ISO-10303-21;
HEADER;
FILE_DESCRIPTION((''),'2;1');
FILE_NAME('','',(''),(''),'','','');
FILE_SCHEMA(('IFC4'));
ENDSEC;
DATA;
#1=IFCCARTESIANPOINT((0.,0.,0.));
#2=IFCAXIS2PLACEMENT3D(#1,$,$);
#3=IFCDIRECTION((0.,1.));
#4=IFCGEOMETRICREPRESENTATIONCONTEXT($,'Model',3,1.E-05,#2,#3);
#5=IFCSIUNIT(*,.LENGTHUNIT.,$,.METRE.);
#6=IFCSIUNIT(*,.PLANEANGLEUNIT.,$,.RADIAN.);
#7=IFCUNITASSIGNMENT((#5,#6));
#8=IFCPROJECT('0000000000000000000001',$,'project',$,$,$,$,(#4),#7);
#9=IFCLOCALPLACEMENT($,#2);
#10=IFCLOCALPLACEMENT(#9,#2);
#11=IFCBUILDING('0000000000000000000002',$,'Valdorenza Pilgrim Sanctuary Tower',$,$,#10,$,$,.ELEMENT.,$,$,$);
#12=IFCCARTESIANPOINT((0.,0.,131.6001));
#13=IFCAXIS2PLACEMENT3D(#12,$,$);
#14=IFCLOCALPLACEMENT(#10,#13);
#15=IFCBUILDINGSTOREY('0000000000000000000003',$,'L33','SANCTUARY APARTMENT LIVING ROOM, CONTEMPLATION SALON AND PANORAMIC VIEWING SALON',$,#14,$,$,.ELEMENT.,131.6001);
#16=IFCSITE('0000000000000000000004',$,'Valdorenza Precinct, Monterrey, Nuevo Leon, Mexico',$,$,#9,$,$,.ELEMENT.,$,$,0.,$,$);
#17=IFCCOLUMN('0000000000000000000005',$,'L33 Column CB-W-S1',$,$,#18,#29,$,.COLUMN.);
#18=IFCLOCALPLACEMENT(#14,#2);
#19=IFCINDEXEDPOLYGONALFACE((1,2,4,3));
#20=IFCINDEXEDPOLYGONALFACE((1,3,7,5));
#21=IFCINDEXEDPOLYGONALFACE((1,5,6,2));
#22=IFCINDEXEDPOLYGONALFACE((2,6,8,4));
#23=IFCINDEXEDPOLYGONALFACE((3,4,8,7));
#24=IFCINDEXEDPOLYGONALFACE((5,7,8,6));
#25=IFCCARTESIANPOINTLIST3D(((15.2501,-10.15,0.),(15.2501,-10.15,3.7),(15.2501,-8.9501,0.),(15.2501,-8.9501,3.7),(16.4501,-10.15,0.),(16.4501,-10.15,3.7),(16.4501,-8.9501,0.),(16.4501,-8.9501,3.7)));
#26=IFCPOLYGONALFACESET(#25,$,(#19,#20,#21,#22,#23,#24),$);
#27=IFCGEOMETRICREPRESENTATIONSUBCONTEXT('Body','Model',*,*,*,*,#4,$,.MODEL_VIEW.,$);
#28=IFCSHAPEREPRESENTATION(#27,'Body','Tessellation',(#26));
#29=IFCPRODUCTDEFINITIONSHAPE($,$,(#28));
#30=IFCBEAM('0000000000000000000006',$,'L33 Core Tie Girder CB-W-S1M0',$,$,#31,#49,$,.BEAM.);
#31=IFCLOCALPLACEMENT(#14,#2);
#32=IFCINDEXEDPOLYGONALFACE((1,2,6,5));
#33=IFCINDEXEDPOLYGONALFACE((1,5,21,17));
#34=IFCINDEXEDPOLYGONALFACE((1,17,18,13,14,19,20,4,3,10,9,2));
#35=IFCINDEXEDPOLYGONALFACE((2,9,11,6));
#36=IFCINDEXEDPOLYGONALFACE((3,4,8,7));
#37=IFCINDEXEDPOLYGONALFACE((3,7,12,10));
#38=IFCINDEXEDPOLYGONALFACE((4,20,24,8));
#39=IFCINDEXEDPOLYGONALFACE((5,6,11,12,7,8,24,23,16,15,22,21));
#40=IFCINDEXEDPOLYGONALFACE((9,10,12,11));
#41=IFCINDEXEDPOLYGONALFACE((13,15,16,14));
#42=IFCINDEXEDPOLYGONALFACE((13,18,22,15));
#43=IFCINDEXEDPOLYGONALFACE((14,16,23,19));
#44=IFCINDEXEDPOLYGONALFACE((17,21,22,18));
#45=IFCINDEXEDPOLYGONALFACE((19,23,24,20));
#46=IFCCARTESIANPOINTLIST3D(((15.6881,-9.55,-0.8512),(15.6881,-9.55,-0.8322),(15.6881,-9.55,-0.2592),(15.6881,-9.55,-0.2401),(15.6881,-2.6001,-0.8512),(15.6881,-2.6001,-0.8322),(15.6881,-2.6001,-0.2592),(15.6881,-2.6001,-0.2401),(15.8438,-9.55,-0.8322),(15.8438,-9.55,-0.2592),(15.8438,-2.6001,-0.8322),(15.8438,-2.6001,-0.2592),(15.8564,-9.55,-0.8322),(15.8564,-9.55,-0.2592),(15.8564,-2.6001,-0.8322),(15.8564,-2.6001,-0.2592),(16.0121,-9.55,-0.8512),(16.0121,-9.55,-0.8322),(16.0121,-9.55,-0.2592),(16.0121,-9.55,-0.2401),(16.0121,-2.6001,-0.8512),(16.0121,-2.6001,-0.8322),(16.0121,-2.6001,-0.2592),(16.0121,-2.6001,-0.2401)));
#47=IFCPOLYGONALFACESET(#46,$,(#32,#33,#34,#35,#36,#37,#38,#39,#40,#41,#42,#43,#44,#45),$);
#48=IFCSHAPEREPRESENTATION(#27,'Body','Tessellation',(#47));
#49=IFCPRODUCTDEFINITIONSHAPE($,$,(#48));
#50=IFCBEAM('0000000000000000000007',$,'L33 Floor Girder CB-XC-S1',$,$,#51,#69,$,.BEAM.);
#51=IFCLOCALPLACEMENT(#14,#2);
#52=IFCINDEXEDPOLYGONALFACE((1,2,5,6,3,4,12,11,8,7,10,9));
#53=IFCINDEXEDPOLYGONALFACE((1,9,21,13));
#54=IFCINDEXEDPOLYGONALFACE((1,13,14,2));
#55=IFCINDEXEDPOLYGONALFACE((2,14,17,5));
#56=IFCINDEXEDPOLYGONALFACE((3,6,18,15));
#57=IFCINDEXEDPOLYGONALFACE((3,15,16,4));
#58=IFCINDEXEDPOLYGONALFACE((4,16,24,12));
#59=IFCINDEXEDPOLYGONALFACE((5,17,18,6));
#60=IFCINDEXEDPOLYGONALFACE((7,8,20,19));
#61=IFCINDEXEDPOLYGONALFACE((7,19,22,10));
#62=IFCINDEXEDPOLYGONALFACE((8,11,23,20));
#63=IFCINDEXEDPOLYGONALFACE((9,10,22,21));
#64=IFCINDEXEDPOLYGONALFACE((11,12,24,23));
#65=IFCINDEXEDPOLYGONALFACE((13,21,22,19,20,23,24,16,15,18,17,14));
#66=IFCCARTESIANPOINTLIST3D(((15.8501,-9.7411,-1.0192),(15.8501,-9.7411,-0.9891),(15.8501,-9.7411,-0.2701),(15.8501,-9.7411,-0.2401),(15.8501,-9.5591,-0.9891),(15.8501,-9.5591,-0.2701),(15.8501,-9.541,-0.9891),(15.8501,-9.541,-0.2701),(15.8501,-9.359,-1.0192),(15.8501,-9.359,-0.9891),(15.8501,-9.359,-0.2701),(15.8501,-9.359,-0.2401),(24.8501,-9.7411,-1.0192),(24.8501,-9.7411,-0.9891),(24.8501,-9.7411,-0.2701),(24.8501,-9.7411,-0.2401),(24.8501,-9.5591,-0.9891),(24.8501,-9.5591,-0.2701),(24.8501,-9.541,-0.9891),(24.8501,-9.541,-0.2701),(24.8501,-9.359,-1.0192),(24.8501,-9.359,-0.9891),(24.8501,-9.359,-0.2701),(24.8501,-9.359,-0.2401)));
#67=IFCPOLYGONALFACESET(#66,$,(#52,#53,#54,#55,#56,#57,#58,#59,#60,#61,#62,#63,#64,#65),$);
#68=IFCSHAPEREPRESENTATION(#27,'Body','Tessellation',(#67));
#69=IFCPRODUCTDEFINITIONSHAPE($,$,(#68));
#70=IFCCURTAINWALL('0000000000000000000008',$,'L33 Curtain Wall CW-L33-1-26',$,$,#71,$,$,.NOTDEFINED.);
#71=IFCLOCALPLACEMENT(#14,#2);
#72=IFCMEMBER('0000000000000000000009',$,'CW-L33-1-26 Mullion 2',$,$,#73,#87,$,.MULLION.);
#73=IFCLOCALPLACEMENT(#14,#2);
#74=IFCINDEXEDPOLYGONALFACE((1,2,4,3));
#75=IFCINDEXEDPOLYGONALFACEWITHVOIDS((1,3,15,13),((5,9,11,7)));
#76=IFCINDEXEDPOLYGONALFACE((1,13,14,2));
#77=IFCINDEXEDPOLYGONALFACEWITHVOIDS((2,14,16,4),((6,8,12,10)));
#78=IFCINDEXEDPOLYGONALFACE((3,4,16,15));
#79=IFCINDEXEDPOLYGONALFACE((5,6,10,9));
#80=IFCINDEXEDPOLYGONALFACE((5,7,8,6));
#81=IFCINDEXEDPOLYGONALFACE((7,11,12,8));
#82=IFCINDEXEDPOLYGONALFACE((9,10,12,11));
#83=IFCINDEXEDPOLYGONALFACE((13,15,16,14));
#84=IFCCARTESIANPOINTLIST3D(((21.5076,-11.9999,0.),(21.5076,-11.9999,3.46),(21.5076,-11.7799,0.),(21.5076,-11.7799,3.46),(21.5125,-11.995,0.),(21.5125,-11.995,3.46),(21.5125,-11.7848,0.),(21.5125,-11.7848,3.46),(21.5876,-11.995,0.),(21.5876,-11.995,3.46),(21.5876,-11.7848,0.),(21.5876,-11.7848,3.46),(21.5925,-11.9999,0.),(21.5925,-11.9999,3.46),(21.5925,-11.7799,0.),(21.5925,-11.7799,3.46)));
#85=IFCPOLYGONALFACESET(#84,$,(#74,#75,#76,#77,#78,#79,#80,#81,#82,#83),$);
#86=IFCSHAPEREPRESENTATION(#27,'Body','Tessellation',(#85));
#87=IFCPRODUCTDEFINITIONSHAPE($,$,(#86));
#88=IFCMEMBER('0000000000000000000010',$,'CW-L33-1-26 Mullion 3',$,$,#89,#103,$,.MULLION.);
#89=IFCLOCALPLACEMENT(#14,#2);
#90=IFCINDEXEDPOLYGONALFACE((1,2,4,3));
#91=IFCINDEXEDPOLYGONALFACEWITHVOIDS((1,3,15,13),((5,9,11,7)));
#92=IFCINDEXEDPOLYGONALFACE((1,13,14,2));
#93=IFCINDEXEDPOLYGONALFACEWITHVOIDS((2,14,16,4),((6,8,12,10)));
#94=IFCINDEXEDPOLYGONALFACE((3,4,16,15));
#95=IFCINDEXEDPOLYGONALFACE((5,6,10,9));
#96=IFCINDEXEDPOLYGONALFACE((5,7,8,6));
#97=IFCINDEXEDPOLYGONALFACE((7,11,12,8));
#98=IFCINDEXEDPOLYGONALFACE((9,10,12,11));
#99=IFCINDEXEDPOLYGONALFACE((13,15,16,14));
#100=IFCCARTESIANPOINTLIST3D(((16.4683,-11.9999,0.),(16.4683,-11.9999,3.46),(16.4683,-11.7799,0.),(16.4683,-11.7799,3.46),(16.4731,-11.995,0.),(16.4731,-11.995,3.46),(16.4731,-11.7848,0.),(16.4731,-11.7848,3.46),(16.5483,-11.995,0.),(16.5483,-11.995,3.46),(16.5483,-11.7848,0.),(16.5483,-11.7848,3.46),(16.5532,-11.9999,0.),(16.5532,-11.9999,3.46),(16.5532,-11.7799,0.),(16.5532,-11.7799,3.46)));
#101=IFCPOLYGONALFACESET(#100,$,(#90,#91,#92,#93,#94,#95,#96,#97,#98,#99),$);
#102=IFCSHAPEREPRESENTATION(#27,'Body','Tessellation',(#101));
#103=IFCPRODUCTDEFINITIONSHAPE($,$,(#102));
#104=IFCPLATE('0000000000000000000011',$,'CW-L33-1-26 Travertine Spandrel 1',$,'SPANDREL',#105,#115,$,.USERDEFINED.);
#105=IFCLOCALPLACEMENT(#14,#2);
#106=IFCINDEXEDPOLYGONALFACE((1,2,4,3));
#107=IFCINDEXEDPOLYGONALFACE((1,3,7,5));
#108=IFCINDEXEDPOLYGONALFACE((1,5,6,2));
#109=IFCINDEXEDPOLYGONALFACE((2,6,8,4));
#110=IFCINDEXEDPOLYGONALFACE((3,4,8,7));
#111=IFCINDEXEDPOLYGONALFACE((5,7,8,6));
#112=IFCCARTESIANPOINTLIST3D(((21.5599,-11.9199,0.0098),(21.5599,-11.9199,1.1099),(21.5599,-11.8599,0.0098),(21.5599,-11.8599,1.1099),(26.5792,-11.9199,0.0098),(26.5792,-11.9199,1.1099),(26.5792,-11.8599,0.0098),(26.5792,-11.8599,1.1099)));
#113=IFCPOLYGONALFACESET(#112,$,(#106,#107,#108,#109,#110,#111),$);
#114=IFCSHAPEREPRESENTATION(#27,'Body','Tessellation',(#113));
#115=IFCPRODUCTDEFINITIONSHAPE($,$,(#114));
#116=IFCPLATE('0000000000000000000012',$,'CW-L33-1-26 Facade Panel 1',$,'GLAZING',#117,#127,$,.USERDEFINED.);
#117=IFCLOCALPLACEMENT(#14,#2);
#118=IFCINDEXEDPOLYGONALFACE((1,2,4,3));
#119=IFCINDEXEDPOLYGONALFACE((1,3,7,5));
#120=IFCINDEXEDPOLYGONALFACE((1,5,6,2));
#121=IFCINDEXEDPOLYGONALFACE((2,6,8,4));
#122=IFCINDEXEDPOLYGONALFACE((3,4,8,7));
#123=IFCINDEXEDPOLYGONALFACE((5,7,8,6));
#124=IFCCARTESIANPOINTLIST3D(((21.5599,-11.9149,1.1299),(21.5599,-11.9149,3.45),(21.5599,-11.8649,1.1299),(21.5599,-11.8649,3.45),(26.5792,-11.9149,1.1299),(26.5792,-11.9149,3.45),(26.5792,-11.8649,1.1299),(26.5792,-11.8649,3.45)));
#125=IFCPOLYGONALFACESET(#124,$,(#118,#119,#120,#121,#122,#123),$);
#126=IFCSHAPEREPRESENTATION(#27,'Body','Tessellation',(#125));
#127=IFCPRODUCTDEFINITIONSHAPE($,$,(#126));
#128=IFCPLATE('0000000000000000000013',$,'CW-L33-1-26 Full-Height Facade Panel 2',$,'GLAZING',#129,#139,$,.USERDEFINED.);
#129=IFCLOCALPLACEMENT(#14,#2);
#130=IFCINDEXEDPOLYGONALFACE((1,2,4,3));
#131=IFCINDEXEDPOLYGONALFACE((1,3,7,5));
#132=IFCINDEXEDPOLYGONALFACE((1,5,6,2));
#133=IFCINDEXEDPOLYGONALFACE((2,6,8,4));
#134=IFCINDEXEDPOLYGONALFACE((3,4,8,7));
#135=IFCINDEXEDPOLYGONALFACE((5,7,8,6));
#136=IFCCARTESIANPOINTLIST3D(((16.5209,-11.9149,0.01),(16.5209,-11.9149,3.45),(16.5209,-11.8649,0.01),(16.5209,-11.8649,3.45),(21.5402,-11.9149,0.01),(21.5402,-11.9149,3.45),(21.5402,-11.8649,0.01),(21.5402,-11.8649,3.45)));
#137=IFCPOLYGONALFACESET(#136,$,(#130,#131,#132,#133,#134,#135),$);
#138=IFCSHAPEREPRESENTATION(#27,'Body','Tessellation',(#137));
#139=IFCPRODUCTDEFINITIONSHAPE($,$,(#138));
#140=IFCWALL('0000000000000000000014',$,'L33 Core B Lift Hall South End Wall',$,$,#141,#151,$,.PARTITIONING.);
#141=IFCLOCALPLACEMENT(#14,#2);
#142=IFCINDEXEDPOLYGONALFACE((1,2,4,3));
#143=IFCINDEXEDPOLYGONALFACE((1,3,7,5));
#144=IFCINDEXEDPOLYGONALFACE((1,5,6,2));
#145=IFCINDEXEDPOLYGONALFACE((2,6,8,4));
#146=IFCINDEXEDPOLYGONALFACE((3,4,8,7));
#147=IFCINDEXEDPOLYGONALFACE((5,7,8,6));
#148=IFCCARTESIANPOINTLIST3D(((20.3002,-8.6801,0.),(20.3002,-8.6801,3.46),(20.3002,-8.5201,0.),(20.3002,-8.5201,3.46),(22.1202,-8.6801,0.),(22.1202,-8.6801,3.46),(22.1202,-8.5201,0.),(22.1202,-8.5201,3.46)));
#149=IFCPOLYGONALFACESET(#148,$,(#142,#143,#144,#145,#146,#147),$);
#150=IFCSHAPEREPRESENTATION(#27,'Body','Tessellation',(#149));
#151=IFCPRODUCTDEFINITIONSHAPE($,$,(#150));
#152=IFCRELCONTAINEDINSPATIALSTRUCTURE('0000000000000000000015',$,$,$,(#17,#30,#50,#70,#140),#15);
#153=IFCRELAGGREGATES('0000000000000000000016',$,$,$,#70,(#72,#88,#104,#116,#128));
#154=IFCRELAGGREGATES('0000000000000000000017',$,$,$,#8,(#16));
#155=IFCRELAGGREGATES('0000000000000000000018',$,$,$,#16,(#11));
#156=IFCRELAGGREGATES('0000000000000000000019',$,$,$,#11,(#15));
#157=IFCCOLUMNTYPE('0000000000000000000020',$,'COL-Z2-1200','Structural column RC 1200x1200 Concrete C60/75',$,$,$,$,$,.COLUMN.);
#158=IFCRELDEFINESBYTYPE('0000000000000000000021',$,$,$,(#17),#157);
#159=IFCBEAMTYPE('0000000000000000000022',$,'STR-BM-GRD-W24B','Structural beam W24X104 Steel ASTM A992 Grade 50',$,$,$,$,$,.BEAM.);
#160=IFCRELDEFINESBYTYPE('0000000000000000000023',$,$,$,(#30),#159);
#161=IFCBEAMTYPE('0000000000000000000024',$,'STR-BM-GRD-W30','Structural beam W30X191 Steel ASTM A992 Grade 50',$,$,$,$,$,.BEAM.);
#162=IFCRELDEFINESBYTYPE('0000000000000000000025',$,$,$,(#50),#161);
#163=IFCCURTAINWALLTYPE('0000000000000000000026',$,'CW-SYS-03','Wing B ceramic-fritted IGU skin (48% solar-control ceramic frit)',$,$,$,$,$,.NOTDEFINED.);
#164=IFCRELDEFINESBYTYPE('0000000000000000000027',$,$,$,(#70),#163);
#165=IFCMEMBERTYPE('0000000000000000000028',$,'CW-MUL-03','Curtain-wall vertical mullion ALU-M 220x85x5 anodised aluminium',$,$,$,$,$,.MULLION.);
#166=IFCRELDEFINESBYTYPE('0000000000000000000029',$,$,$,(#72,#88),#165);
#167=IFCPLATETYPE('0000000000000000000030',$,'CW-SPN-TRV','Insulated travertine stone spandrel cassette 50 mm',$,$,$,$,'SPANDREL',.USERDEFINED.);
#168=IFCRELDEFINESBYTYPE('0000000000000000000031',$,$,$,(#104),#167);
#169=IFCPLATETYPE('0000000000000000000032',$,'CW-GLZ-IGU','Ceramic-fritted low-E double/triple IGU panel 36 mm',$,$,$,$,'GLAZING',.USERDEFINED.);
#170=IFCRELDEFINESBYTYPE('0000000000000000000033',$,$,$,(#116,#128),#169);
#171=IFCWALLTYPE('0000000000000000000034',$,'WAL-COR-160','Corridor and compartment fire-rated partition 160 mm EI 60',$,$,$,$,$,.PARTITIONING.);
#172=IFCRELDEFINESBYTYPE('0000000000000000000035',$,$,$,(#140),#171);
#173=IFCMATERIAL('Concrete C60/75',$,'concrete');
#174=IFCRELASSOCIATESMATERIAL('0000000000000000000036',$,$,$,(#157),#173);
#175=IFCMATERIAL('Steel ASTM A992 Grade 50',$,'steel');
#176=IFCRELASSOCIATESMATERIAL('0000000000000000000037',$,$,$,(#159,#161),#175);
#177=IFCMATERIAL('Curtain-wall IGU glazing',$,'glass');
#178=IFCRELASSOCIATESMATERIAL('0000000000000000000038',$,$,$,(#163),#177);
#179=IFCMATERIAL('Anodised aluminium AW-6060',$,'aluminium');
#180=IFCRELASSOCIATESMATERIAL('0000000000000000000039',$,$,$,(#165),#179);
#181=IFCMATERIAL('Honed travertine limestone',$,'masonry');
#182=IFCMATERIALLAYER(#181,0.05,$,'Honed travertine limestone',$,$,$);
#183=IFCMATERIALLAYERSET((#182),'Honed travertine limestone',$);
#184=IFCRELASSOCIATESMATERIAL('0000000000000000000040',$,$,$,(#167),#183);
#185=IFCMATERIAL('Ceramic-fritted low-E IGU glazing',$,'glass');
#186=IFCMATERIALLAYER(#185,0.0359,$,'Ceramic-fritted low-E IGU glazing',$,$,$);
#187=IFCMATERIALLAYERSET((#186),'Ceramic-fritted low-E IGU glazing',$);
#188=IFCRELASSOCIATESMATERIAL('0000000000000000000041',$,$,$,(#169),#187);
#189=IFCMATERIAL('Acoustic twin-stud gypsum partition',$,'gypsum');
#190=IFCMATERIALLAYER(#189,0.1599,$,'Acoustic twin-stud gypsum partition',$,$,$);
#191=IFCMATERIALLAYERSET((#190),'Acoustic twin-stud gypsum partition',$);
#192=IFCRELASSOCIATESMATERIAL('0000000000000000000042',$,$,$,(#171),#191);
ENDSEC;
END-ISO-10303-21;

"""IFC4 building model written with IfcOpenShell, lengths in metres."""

from ifc_helpers import new_model, si_unit, direction, frame, frame_2d, origin, origin_2d, place, context, subcontext, project, spatial, rectangle, hollow_rectangle, i_section, extrude, source, transform, mapped, material, layer, layer_set, material_profile, profile_set, type_object, element, aggregate, save


model = new_model("IFC4")

# Units and contexts
model_context = context("Model", 3, precision=1e-05, world=origin(), true_north=direction((0.0, 1.0)))
body_context = subcontext(model_context, "Body", "Model", "MODEL_VIEW")
ifc_project = project(units=[si_unit("LENGTHUNIT", "METRE"), si_unit("PLANEANGLEUNIT", "RADIAN")], contexts=[model_context])

# Site, building, storey
site_placement = place(None, origin())
site = spatial("IfcSite", under=ifc_project, at=site_placement, Name="Valdorenza Precinct, Monterrey, Nuevo Leon, Mexico", CompositionType="ELEMENT", RefElevation=0.0)
building_placement = place(site_placement, origin())
building = spatial("IfcBuilding", under=site, at=building_placement, Name="Valdorenza Pilgrim Sanctuary Tower", CompositionType="ELEMENT")
storey_placement = place(building_placement, frame((0.0, 0.0, 131.6001)))
storey = spatial("IfcBuildingStorey", under=building, at=storey_placement, Name="L33", Description="SANCTUARY APARTMENT LIVING ROOM, CONTEMPLATION SALON AND PANORAMIC VIEWING SALON", CompositionType="ELEMENT", Elevation=131.6001)

# Column
ifc_material_1 = material(Name="Concrete C60/75", Category="concrete")
ifc_material_profile_1 = material_profile(ifc_material_1, rectangle(XDim=1.2, YDim=1.2, at=origin_2d()), Name="RC 1200x1200")
ifc_profile_set_1 = profile_set([ifc_material_profile_1], Name="Concrete C60/75")
column_type = type_object("IfcColumnType", Name="COL-Z2-1200", Description="Structural column RC 1200x1200 Concrete C60/75", PredefinedType="COLUMN", material=ifc_profile_set_1)
shared_shape_1 = source(origin(), body_context, "Body", "SweptSolid", [
    extrude(rectangle(XDim=1.2, YDim=1.2, at=origin_2d()), origin(), (0.0, 0.0, 1.0), 3.7),
])
column_placement = place(storey_placement, frame((15.8501, -9.55, 0.0), z_axis=(0.0, 0.0, 1.0), x_axis=(1.0, 0.0, 0.0)))
element("IfcColumn", 1, at=column_placement, inside=storey, type_object=column_type, Name="L33 Column CB-W-S1", PredefinedType="COLUMN", context=body_context, shape_type="MappedRepresentation", body=[
    mapped(shared_shape_1, transform((0.0, 0.0, 0.0), x_axis=(1.0, 0.0, 0.0), y_axis=(0.0, 1.0, 0.0), z_axis=(0.0, 0.0, 1.0), scale=1.0)),
])

# Beams
ifc_material_2 = material(Name="Steel ASTM A992 Grade 50", Category="steel")
ifc_material_profile_2 = material_profile(ifc_material_2, i_section(OverallWidth=0.324, OverallDepth=0.6111, WebThickness=0.0127, FlangeThickness=0.019, at=origin_2d()), Name="W24X104")
ifc_profile_set_2 = profile_set([ifc_material_profile_2], Name="Steel ASTM A992 Grade 50")
beam_type_1 = type_object("IfcBeamType", Name="STR-BM-GRD-W24B", Description="Structural beam W24X104 Steel ASTM A992 Grade 50", PredefinedType="BEAM", material=ifc_profile_set_2)
shared_shape_2 = source(origin(), body_context, "Body", "SweptSolid", [
    extrude(i_section(OverallWidth=0.324, OverallDepth=0.6111, WebThickness=0.0127, FlangeThickness=0.019, at=origin_2d()), origin(), (0.0, 0.0, 1.0), 6.95),
])
beam_1_placement = place(storey_placement, frame((15.8501, -9.55, -0.5457), z_axis=(0.0, 1.0, 0.0), x_axis=(-1.0, 0.0, 0.0)))
element("IfcBeam", 2, at=beam_1_placement, inside=storey, type_object=beam_type_1, Name="L33 Core Tie Girder CB-W-S1M0", PredefinedType="BEAM", context=body_context, shape_type="MappedRepresentation", body=[
    mapped(shared_shape_2, transform((0.0, 0.0, 0.0), x_axis=(1.0, 0.0, 0.0), y_axis=(0.0, 1.0, 0.0), z_axis=(0.0, 0.0, 1.0), scale=1.0)),
])
ifc_material_profile_3 = material_profile(ifc_material_2, i_section(OverallWidth=0.3821, OverallDepth=0.7791, WebThickness=0.0181, FlangeThickness=0.03, at=origin_2d()), Name="W30X191")
ifc_profile_set_3 = profile_set([ifc_material_profile_3], Name="Steel ASTM A992 Grade 50")
beam_type_2 = type_object("IfcBeamType", Name="STR-BM-GRD-W30", Description="Structural beam W30X191 Steel ASTM A992 Grade 50", PredefinedType="BEAM", material=ifc_profile_set_3)
shared_shape_3 = source(origin(), body_context, "Body", "SweptSolid", [
    extrude(i_section(OverallWidth=0.3821, OverallDepth=0.7791, WebThickness=0.0181, FlangeThickness=0.03, at=origin_2d()), origin(), (0.0, 0.0, 1.0), 9.0),
])
beam_2_placement = place(storey_placement, frame((15.8501, -9.55, -0.6296), z_axis=(1.0, 0.0, 0.0), x_axis=(0.0, 1.0, 0.0)))
element("IfcBeam", 3, at=beam_2_placement, inside=storey, type_object=beam_type_2, Name="L33 Floor Girder CB-XC-S1", PredefinedType="BEAM", context=body_context, shape_type="MappedRepresentation", body=[
    mapped(shared_shape_3, transform((0.0, 0.0, 0.0), x_axis=(1.0, 0.0, 0.0), y_axis=(0.0, 1.0, 0.0), z_axis=(0.0, 0.0, 1.0), scale=1.0)),
])

# Curtain wall, members, plates
ifc_material_3 = material(Name="Curtain-wall IGU glazing", Category="glass")
curtain_wall_type = type_object("IfcCurtainWallType", Name="CW-SYS-03", Description="Wing B ceramic-fritted IGU skin (48% solar-control ceramic frit)", PredefinedType="NOTDEFINED", material=ifc_material_3)
curtain_wall_placement = place(storey_placement, origin())
curtain_wall = element("IfcCurtainWall", 4, at=curtain_wall_placement, inside=storey, type_object=curtain_wall_type, Name="L33 Curtain Wall CW-L33-1-26", PredefinedType="NOTDEFINED")
ifc_material_4 = material(Name="Anodised aluminium AW-6060", Category="aluminium")
ifc_material_profile_4 = material_profile(ifc_material_4, hollow_rectangle(XDim=0.085, YDim=0.22, WallThickness=0.0049, at=origin_2d()), Name="ALU-M 220x85x5")
ifc_profile_set_4 = profile_set([ifc_material_profile_4], Name="Anodised aluminium AW-6060")
member_type = type_object("IfcMemberType", Name="CW-MUL-03", Description="Curtain-wall vertical mullion ALU-M 220x85x5 anodised aluminium", PredefinedType="MULLION", material=ifc_profile_set_4)
shared_shape_4 = source(origin(), body_context, "Body", "SweptSolid", [
    extrude(hollow_rectangle(XDim=0.085, YDim=0.22, WallThickness=0.0049, at=origin_2d()), origin(), (0.0, 0.0, 1.0), 3.46),
])
member_1_placement = place(storey_placement, frame((21.55, -11.8899, 0.0), z_axis=(0.0, 0.0, 1.0), x_axis=(-1.0, 0.0, 0.0)))
member_1 = element("IfcMember", 5, at=member_1_placement, type_object=member_type, Name="CW-L33-1-26 Mullion 2", PredefinedType="MULLION", context=body_context, shape_type="MappedRepresentation", body=[
    mapped(shared_shape_4, transform((0.0, 0.0, 0.0), x_axis=(1.0, 0.0, 0.0), y_axis=(0.0, 1.0, 0.0), z_axis=(0.0, 0.0, 1.0), scale=1.0)),
])
member_2_placement = place(storey_placement, frame((16.5107, -11.8899, 0.0), z_axis=(0.0, 0.0, 1.0), x_axis=(-1.0, 0.0, 0.0)))
member_2 = element("IfcMember", 6, at=member_2_placement, type_object=member_type, Name="CW-L33-1-26 Mullion 3", PredefinedType="MULLION", context=body_context, shape_type="MappedRepresentation", body=[
    mapped(shared_shape_4, transform((0.0, 0.0, 0.0), x_axis=(1.0, 0.0, 0.0), y_axis=(0.0, 1.0, 0.0), z_axis=(0.0, 0.0, 1.0), scale=1.0)),
])
ifc_material_5 = material(Name="Honed travertine limestone", Category="masonry")
ifc_layer_1 = layer(ifc_material_5, 0.05, Name="Honed travertine limestone")
ifc_layer_set_1 = layer_set([ifc_layer_1], Name="Honed travertine limestone")
plate_type_1 = type_object("IfcPlateType", Name="CW-SPN-TRV", Description="Insulated travertine stone spandrel cassette 50 mm", ElementType="SPANDREL", PredefinedType="USERDEFINED", material=ifc_layer_set_1)
shared_shape_5 = source(origin(), body_context, "Body", "SweptSolid", [
    extrude(rectangle(XDim=5.0193, YDim=0.0601, at=origin_2d()), origin(), (0.0, 0.0, 1.0), 1.1001),
])
plate_1_placement = place(storey_placement, frame((24.0696, -11.8899, 0.0098), z_axis=(0.0, 0.0, 1.0), x_axis=(-1.0, 0.0, 0.0)))
plate_1 = element("IfcPlate", 7, at=plate_1_placement, type_object=plate_type_1, Name="CW-L33-1-26 Travertine Spandrel 1", ObjectType="SPANDREL", PredefinedType="USERDEFINED", context=body_context, shape_type="MappedRepresentation", body=[
    mapped(shared_shape_5, transform((0.0, 0.0, 0.0), x_axis=(1.0, 0.0, 0.0), y_axis=(0.0, 1.0, 0.0), z_axis=(0.0, 0.0, 1.0), scale=1.0)),
])
ifc_material_6 = material(Name="Ceramic-fritted low-E IGU glazing", Category="glass")
ifc_layer_2 = layer(ifc_material_6, 0.0359, Name="Ceramic-fritted low-E IGU glazing")
ifc_layer_set_2 = layer_set([ifc_layer_2], Name="Ceramic-fritted low-E IGU glazing")
plate_type_2 = type_object("IfcPlateType", Name="CW-GLZ-IGU", Description="Ceramic-fritted low-E double/triple IGU panel 36 mm", ElementType="GLAZING", PredefinedType="USERDEFINED", material=ifc_layer_set_2)
shared_shape_6 = source(origin(), body_context, "Body", "SweptSolid", [
    extrude(rectangle(XDim=5.0193, YDim=0.05, at=origin_2d()), origin(), (0.0, 0.0, 1.0), 2.3201),
])
plate_2_placement = place(storey_placement, frame((24.0696, -11.8899, 1.1299), z_axis=(0.0, 0.0, 1.0), x_axis=(-1.0, 0.0, 0.0)))
plate_2 = element("IfcPlate", 8, at=plate_2_placement, type_object=plate_type_2, Name="CW-L33-1-26 Facade Panel 1", ObjectType="GLAZING", PredefinedType="USERDEFINED", context=body_context, shape_type="MappedRepresentation", body=[
    mapped(shared_shape_6, transform((0.0, 0.0, 0.0), x_axis=(1.0, 0.0, 0.0), y_axis=(0.0, 1.0, 0.0), z_axis=(0.0, 0.0, 1.0), scale=1.0)),
])
shared_shape_7 = source(origin(), body_context, "Body", "SweptSolid", [
    extrude(rectangle(XDim=5.0193, YDim=0.05, at=origin_2d()), origin(), (0.0, 0.0, 1.0), 3.4399),
])
plate_3_placement = place(storey_placement, frame((19.0305, -11.8899, 0.01), z_axis=(0.0, 0.0, 1.0), x_axis=(-1.0, 0.0, 0.0)))
plate_3 = element("IfcPlate", 9, at=plate_3_placement, type_object=plate_type_2, Name="CW-L33-1-26 Full-Height Facade Panel 2", ObjectType="GLAZING", PredefinedType="USERDEFINED", context=body_context, shape_type="MappedRepresentation", body=[
    mapped(shared_shape_7, transform((0.0, 0.0, 0.0), x_axis=(1.0, 0.0, 0.0), y_axis=(0.0, 1.0, 0.0), z_axis=(0.0, 0.0, 1.0), scale=1.0)),
])
aggregate(curtain_wall, [member_1, member_2, plate_1, plate_2, plate_3])

# Wall
ifc_material_7 = material(Name="Acoustic twin-stud gypsum partition", Category="gypsum")
ifc_layer_3 = layer(ifc_material_7, 0.1599, Name="Acoustic twin-stud gypsum partition")
ifc_layer_set_3 = layer_set([ifc_layer_3], Name="Acoustic twin-stud gypsum partition")
wall_type_1 = type_object("IfcWallType", Name="WAL-COR-160", Description="Corridor and compartment fire-rated partition 160 mm EI 60", PredefinedType="PARTITIONING", material=ifc_layer_set_3)
wall_1_placement = place(storey_placement, frame((20.3, -8.6001, 0.0), z_axis=(0.0, 0.0, 1.0), x_axis=(1.0, 0.0, 0.0)))
element("IfcWall", 10, at=wall_1_placement, inside=storey, type_object=wall_type_1, Name="L33 Core B Lift Hall South End Wall", PredefinedType="PARTITIONING", context=body_context, shape_type="SweptSolid", body=[
    extrude(rectangle(XDim=1.8201, YDim=0.1599, at=frame_2d((0.9102, 0.0))), origin(), (0.0, 0.0, 1.0), 3.46),
])

save(model, "model.ifc")
